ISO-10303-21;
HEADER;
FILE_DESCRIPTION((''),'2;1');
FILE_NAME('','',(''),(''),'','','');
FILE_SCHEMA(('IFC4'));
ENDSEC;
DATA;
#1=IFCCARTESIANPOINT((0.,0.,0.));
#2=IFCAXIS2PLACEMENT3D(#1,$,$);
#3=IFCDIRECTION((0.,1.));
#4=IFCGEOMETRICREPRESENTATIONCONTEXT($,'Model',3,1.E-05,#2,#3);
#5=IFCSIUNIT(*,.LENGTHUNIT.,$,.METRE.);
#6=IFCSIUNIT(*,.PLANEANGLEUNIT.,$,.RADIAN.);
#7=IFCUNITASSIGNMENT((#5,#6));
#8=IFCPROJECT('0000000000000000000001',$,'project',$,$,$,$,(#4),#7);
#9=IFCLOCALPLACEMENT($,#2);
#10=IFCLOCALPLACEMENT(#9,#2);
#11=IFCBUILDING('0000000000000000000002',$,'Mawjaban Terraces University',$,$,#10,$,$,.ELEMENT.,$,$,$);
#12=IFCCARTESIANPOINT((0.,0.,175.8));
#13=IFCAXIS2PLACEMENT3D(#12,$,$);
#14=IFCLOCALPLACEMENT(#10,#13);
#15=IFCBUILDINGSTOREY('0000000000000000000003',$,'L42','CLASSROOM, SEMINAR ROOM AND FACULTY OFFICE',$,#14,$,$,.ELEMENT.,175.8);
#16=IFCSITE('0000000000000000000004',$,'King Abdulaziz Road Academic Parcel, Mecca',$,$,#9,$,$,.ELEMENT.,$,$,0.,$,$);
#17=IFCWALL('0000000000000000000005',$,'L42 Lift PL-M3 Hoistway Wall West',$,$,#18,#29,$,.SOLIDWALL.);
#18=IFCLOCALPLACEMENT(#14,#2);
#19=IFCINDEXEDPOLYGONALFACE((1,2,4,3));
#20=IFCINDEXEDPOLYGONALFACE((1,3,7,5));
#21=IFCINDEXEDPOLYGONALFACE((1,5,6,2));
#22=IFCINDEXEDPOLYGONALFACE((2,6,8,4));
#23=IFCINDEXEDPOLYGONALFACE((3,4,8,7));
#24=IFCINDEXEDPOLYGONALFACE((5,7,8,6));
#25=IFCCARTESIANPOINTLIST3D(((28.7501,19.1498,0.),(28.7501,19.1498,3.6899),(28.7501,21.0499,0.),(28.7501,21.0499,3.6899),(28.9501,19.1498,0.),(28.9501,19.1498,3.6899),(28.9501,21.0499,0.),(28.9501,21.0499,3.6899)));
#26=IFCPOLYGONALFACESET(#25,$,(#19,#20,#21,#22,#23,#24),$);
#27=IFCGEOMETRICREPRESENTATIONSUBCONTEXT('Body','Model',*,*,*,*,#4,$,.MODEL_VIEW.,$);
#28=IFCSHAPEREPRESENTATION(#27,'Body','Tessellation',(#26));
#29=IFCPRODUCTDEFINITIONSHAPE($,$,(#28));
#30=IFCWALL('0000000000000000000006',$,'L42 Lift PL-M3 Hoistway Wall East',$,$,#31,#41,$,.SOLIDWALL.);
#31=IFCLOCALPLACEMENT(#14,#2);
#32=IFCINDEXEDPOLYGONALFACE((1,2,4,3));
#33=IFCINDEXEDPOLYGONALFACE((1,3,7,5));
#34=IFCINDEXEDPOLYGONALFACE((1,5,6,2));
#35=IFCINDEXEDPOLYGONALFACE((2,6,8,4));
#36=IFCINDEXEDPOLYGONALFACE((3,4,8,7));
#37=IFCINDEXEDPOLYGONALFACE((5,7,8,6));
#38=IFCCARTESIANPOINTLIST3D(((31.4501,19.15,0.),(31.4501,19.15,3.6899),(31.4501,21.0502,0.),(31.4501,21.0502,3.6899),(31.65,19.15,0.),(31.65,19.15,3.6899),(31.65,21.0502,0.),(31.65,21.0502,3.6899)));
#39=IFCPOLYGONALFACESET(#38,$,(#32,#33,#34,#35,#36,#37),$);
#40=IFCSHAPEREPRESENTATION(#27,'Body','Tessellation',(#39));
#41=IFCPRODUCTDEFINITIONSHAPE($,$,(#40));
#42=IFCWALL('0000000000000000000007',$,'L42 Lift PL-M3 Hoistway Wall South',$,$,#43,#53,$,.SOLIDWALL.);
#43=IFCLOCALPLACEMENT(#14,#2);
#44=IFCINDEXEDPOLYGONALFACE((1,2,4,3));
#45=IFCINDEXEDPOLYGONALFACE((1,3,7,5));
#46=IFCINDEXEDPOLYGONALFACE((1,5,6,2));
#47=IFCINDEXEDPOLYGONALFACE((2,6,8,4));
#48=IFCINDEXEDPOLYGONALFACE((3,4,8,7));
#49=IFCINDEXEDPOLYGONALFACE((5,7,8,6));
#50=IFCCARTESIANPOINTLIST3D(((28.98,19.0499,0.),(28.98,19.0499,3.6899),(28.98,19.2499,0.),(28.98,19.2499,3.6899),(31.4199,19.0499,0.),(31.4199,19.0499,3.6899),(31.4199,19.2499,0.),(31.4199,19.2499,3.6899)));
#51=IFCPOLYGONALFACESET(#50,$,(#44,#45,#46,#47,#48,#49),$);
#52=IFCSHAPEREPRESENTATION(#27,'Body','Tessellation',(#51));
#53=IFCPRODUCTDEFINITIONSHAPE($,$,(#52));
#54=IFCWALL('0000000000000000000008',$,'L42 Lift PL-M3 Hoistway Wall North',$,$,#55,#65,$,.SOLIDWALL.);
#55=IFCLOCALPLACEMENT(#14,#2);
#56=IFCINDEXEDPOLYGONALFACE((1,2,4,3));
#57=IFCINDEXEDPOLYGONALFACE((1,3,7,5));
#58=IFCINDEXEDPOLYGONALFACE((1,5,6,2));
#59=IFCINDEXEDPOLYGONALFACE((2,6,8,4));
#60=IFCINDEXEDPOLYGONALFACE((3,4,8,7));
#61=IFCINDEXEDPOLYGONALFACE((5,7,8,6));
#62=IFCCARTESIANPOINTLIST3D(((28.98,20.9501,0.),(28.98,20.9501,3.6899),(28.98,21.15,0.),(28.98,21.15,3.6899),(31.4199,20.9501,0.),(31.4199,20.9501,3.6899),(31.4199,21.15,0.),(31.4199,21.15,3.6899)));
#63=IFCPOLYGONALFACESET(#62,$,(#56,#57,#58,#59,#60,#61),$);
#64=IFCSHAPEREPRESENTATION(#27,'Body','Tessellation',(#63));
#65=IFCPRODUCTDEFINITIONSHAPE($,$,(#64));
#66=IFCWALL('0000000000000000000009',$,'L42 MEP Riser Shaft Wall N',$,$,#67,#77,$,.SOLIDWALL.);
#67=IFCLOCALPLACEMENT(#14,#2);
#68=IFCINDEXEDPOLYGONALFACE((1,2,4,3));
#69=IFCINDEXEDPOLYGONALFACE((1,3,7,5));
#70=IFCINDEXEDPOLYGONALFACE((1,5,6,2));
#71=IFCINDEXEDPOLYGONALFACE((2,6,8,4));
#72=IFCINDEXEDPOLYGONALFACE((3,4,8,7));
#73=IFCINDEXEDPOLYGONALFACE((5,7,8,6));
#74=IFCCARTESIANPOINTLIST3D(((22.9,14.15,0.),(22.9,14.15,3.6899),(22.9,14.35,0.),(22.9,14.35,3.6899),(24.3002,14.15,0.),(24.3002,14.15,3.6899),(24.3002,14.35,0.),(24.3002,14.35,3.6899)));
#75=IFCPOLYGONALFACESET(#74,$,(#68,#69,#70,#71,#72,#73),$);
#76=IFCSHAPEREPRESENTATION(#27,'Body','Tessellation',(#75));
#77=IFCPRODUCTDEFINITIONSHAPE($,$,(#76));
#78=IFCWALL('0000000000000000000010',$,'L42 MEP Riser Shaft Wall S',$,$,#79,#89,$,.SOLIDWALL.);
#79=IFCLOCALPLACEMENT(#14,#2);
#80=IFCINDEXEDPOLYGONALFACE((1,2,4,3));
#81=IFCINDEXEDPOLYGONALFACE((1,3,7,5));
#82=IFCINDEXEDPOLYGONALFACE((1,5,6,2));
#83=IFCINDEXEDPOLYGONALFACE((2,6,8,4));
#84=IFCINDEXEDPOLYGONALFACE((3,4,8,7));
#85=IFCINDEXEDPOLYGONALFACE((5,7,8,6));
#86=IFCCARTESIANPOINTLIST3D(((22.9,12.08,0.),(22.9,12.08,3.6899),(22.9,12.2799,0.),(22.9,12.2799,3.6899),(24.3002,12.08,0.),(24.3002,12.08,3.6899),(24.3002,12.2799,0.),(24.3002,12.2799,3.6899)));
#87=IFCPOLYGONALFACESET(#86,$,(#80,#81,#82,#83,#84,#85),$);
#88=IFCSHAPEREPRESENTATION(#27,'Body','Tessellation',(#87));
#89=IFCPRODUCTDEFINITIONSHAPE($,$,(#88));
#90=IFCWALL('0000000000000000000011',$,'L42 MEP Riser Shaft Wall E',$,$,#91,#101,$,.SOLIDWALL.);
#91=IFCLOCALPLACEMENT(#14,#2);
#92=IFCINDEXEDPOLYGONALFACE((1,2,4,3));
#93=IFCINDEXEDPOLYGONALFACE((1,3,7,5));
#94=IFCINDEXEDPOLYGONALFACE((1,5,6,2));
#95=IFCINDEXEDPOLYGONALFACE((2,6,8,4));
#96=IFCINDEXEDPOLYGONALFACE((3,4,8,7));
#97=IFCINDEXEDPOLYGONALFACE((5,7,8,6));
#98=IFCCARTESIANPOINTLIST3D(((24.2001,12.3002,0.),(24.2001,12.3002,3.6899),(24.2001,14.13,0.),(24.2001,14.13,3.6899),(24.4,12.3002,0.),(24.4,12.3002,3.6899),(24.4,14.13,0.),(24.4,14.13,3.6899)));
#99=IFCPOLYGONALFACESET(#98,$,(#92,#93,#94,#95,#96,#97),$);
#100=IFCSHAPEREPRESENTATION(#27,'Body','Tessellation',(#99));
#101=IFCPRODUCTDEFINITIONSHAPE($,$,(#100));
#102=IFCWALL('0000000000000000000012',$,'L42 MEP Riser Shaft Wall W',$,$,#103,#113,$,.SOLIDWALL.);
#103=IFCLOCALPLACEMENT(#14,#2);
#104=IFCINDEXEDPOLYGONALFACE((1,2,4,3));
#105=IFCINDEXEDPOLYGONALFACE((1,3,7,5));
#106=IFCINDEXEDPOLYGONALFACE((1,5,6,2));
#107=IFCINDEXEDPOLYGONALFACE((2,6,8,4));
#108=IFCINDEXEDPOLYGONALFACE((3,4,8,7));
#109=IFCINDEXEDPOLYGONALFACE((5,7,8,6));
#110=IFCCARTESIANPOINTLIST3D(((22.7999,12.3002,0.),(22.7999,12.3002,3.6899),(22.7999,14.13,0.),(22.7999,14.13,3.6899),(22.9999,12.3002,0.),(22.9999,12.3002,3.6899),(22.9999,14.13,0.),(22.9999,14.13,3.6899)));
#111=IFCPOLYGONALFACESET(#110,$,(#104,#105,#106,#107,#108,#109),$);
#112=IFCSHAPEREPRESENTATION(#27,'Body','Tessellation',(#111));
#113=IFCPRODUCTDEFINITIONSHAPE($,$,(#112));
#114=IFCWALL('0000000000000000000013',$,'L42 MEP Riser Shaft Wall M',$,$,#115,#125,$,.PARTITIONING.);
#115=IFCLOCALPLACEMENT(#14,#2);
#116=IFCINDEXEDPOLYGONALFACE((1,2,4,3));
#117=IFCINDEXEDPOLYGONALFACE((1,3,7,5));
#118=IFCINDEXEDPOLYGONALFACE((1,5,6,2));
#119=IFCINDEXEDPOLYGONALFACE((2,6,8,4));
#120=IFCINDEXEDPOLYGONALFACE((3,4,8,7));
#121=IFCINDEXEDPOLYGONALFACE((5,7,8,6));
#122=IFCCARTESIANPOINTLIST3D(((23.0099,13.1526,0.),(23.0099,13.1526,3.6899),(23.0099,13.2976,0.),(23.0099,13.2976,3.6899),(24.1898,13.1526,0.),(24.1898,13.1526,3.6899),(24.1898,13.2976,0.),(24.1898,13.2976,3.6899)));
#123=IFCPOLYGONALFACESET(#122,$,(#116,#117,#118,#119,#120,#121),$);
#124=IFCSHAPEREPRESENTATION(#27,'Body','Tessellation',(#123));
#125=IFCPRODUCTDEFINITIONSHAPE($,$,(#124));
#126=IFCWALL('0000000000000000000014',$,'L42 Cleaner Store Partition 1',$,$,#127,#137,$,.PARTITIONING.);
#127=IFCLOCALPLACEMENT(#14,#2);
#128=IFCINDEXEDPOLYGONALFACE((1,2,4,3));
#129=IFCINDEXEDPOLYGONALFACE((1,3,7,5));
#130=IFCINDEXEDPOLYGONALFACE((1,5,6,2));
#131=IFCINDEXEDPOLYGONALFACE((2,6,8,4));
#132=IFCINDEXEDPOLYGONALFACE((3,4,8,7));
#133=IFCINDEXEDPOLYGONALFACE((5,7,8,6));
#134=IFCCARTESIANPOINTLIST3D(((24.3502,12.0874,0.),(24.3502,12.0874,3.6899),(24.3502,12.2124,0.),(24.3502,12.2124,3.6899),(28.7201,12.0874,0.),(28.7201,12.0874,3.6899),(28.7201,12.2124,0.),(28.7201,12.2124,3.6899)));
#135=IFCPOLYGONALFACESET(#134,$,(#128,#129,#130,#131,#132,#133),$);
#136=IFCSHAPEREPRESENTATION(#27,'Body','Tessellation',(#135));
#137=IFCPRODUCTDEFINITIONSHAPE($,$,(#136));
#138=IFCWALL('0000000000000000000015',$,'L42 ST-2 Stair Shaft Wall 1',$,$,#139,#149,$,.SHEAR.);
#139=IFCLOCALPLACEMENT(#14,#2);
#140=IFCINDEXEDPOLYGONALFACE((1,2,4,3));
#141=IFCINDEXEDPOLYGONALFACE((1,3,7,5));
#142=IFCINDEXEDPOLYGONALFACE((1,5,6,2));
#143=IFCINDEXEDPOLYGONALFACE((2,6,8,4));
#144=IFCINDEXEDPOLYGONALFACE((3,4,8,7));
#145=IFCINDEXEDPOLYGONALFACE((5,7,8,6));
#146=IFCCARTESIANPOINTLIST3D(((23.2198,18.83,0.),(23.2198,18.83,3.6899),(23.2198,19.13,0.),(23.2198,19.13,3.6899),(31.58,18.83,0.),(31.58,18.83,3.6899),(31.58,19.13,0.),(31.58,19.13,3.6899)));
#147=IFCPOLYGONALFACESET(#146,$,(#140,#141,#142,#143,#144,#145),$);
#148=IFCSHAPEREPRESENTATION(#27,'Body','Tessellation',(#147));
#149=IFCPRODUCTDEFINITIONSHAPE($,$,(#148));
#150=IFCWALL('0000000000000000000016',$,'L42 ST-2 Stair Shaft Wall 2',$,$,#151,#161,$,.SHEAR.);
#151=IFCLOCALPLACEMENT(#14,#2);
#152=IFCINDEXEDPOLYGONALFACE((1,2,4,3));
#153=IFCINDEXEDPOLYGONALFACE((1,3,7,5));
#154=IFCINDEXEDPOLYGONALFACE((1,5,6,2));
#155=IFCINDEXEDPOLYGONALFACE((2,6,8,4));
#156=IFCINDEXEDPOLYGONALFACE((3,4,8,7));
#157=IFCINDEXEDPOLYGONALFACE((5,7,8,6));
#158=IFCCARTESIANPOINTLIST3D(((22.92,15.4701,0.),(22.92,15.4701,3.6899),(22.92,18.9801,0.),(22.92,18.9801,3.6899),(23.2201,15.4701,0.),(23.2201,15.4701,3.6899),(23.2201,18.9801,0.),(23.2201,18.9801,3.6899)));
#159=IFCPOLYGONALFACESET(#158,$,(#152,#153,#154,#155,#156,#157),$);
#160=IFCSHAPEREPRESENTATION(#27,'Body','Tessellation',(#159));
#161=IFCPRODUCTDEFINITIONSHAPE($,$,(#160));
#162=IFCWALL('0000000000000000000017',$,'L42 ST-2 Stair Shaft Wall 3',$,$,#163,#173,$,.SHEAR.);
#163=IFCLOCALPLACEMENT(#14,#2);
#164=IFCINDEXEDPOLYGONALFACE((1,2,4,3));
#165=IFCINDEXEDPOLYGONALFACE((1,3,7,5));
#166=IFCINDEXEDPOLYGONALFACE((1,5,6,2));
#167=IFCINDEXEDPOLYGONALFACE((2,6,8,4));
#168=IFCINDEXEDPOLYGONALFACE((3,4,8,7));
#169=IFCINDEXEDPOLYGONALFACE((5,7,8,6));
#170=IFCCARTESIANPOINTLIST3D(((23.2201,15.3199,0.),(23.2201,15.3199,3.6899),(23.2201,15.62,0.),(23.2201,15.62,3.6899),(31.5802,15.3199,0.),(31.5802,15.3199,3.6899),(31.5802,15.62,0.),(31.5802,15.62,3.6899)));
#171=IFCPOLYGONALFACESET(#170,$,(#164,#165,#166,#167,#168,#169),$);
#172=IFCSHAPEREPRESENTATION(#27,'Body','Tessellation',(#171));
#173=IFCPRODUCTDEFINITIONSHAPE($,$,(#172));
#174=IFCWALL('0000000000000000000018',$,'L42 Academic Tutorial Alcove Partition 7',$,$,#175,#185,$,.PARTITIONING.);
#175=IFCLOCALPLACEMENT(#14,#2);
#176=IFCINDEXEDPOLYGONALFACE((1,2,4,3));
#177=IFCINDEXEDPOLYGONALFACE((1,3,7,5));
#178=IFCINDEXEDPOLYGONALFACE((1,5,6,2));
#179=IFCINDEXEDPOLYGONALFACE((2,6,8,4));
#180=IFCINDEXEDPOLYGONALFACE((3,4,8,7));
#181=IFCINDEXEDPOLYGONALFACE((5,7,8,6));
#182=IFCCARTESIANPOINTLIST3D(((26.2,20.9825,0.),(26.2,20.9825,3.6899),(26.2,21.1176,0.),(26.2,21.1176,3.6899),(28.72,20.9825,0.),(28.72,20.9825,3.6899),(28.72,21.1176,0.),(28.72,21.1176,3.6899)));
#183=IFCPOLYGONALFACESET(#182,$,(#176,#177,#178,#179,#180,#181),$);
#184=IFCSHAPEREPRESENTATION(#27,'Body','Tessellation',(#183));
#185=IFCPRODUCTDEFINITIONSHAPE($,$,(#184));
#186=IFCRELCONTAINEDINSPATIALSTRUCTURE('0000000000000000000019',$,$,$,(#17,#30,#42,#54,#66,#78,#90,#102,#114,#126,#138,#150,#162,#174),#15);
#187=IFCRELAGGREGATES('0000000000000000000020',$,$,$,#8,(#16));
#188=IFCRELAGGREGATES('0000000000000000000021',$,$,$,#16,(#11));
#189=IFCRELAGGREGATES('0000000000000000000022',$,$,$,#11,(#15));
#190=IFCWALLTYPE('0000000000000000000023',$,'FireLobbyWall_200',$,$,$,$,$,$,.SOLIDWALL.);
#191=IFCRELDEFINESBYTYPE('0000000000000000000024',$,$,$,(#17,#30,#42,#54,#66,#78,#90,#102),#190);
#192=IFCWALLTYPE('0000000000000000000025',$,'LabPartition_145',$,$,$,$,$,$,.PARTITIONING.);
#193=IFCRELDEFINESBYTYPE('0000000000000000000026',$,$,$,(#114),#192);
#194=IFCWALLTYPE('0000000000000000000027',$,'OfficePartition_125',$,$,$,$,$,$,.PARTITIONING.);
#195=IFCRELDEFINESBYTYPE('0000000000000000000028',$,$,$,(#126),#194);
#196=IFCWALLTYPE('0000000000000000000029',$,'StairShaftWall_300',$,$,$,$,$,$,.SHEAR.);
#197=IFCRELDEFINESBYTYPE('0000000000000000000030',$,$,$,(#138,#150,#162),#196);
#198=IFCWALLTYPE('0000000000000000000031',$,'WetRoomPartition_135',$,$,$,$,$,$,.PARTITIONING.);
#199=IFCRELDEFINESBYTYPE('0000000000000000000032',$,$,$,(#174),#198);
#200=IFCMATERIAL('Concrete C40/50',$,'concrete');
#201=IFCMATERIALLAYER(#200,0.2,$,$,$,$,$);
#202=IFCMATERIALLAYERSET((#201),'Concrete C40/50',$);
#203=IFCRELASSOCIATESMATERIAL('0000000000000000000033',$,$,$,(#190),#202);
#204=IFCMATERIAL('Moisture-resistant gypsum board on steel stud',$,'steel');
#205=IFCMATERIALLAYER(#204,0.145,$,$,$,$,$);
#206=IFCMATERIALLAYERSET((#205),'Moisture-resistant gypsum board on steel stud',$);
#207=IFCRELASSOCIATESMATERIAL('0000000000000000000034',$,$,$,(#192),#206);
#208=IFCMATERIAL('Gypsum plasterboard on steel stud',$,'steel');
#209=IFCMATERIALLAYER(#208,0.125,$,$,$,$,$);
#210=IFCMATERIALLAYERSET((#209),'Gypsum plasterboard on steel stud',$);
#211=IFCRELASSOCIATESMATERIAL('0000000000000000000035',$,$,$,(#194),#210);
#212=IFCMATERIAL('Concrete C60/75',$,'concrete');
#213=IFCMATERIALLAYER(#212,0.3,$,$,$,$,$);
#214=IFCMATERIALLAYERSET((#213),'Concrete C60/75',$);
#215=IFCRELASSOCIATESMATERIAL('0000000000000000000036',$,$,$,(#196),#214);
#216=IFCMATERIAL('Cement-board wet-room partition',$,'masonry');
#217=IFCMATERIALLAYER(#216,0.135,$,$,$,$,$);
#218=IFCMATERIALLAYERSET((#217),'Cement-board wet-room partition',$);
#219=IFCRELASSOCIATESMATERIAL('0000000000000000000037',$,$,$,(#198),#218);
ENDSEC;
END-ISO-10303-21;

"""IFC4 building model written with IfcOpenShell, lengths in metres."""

from ifc_helpers import new_model, si_unit, direction, frame, frame_2d, origin, place, context, subcontext, project, spatial, rectangle, extrude, material, layer, layer_set, type_object, element, save


model = new_model("IFC4")

# Units and contexts
model_context = context("Model", 3, precision=1e-05, world=origin(), true_north=direction((0.0, 1.0)))
body_context = subcontext(model_context, "Body", "Model", "MODEL_VIEW")
ifc_project = project(units=[si_unit("LENGTHUNIT", "METRE"), si_unit("PLANEANGLEUNIT", "RADIAN")], contexts=[model_context])

# Site, building, storey
site_placement = place(None, origin())
site = spatial("IfcSite", under=ifc_project, at=site_placement, Name="King Abdulaziz Road Academic Parcel, Mecca", CompositionType="ELEMENT", RefElevation=0.0)
building_placement = place(site_placement, origin())
building = spatial("IfcBuilding", under=site, at=building_placement, Name="Mawjaban Terraces University", CompositionType="ELEMENT")
storey_placement = place(building_placement, frame((0.0, 0.0, 175.8)))
storey = spatial("IfcBuildingStorey", under=building, at=storey_placement, Name="L42", Description="CLASSROOM, SEMINAR ROOM AND FACULTY OFFICE", CompositionType="ELEMENT", Elevation=175.8)

# Shared definitions
ifc_material_1 = material(Name="Concrete C60/75", Category="concrete")

# Shared definitions
ifc_material_2 = material(Name="Concrete C40/50", Category="concrete")
ifc_layer_1 = layer(ifc_material_2, 0.2)
ifc_layer_set_1 = layer_set([ifc_layer_1], Name="Concrete C40/50")
wall_type_1 = type_object("IfcWallType", Name="FireLobbyWall_200", PredefinedType="SOLIDWALL", material=ifc_layer_set_1)

# Walls
for number, where, z_axis, x_axis, name in (
    (1, (28.8501, 21.05, 0.0), (0.0, 0.0, 1.0), (0.0, -1.0, 0.0), "L42 Lift PL-M3 Hoistway Wall West"),
    (2, (31.55, 19.1499, 0.0), (0.0, 0.0, 1.0), (0.0, 1.0, 0.0), "L42 Lift PL-M3 Hoistway Wall East"),
):
    element("IfcWall", number, at=place(storey_placement, frame(where, z_axis=z_axis, x_axis=x_axis)), inside=storey, type_object=wall_type_1, Name=name, PredefinedType="SOLIDWALL", context=body_context, shape_type="SweptSolid", body=[
        extrude(rectangle(XDim=1.9001, YDim=0.2, at=frame_2d((0.9502, 0.0))), origin(), (0.0, 0.0, 1.0), 3.6899),
    ])
for number, where, z_axis, x_axis, name in (
    (3, (28.98, 19.1499, 0.0), (0.0, 0.0, 1.0), (1.0, 0.0, 0.0), "L42 Lift PL-M3 Hoistway Wall South"),
    (4, (31.4199, 21.05, 0.0), (0.0, 0.0, 1.0), (-1.0, 0.0, 0.0), "L42 Lift PL-M3 Hoistway Wall North"),
):
    element("IfcWall", number, at=place(storey_placement, frame(where, z_axis=z_axis, x_axis=x_axis)), inside=storey, type_object=wall_type_1, Name=name, PredefinedType="SOLIDWALL", context=body_context, shape_type="SweptSolid", body=[
        extrude(rectangle(XDim=2.4399, YDim=0.2, at=frame_2d((1.22, 0.0))), origin(), (0.0, 0.0, 1.0), 3.6899),
    ])
for number, where, z_axis, x_axis, name in (
    (5, (22.8999, 14.25, 0.0), (0.0, 0.0, 1.0), (1.0, 0.0, 0.0), "L42 MEP Riser Shaft Wall N"),
    (6, (22.8999, 12.1799, 0.0), (0.0, 0.0, 1.0), (1.0, 0.0, 0.0), "L42 MEP Riser Shaft Wall S"),
):
    element("IfcWall", number, at=place(storey_placement, frame(where, z_axis=z_axis, x_axis=x_axis)), inside=storey, type_object=wall_type_1, Name=name, PredefinedType="SOLIDWALL", context=body_context, shape_type="SweptSolid", body=[
        extrude(rectangle(XDim=1.4001, YDim=0.2, at=frame_2d((0.7002, 0.0))), origin(), (0.0, 0.0, 1.0), 3.6899),
    ])
for number, where, z_axis, x_axis, name in (
    (7, (24.3, 12.3, 0.0), (0.0, 0.0, 1.0), (0.0, 1.0, 0.0), "L42 MEP Riser Shaft Wall E"),
    (8, (22.8999, 12.3, 0.0), (0.0, 0.0, 1.0), (0.0, 1.0, 0.0), "L42 MEP Riser Shaft Wall W"),
):
    element("IfcWall", number, at=place(storey_placement, frame(where, z_axis=z_axis, x_axis=x_axis)), inside=storey, type_object=wall_type_1, Name=name, PredefinedType="SOLIDWALL", context=body_context, shape_type="SweptSolid", body=[
        extrude(rectangle(XDim=1.8298, YDim=0.2, at=frame_2d((0.915, 0.0))), origin(), (0.0, 0.0, 1.0), 3.6899),
    ])
ifc_material_3 = material(Name="Moisture-resistant gypsum board on steel stud", Category="steel")
ifc_layer_2 = layer(ifc_material_3, 0.145)
ifc_layer_set_2 = layer_set([ifc_layer_2], Name="Moisture-resistant gypsum board on steel stud")
wall_type_2 = type_object("IfcWallType", Name="LabPartition_145", PredefinedType="PARTITIONING", material=ifc_layer_set_2)
wall_1_placement = place(storey_placement, frame((23.01, 13.2251, 0.0), z_axis=(0.0, 0.0, 1.0), x_axis=(1.0, 0.0, 0.0)))
element("IfcWall", 9, at=wall_1_placement, inside=storey, type_object=wall_type_2, Name="L42 MEP Riser Shaft Wall M", PredefinedType="PARTITIONING", context=body_context, shape_type="SweptSolid", body=[
    extrude(rectangle(XDim=1.1799, YDim=0.145, at=frame_2d((0.5898, 0.0))), origin(), (0.0, 0.0, 1.0), 3.6899),
])
ifc_material_4 = material(Name="Gypsum plasterboard on steel stud", Category="steel")
ifc_layer_3 = layer(ifc_material_4, 0.125)
ifc_layer_set_3 = layer_set([ifc_layer_3], Name="Gypsum plasterboard on steel stud")
wall_type_3 = type_object("IfcWallType", Name="OfficePartition_125", PredefinedType="PARTITIONING", material=ifc_layer_set_3)
wall_2_placement = place(storey_placement, frame((24.3501, 12.1499, 0.0), z_axis=(0.0, 0.0, 1.0), x_axis=(1.0, 0.0, 0.0)))
element("IfcWall", 10, at=wall_2_placement, inside=storey, type_object=wall_type_3, Name="L42 Cleaner Store Partition 1", PredefinedType="PARTITIONING", context=body_context, shape_type="SweptSolid", body=[
    extrude(rectangle(XDim=4.3699, YDim=0.125, at=frame_2d((2.1851, 0.0))), origin(), (0.0, 0.0, 1.0), 3.6899),
])
ifc_layer_4 = layer(ifc_material_1, 0.3)
ifc_layer_set_4 = layer_set([ifc_layer_4], Name="Concrete C60/75")
wall_type_4 = type_object("IfcWallType", Name="StairShaftWall_300", PredefinedType="SHEAR", material=ifc_layer_set_4)
wall_3_placement = place(storey_placement, frame((31.5801, 18.98, 0.0), z_axis=(0.0, 0.0, 1.0), x_axis=(-1.0, 0.0, 0.0)))
element("IfcWall", 11, at=wall_3_placement, inside=storey, type_object=wall_type_4, Name="L42 ST-2 Stair Shaft Wall 1", PredefinedType="SHEAR", context=body_context, shape_type="SweptSolid", body=[
    extrude(rectangle(XDim=8.3601, YDim=0.3, at=frame_2d((4.1802, 0.0))), origin(), (0.0, 0.0, 1.0), 3.6899),
])
wall_4_placement = place(storey_placement, frame((23.0701, 18.98, 0.0), z_axis=(0.0, 0.0, 1.0), x_axis=(0.0, -1.0, 0.0)))
element("IfcWall", 12, at=wall_4_placement, inside=storey, type_object=wall_type_4, Name="L42 ST-2 Stair Shaft Wall 2", PredefinedType="SHEAR", context=body_context, shape_type="SweptSolid", body=[
    extrude(rectangle(XDim=3.51, YDim=0.3, at=frame_2d((1.7549, 0.0))), origin(), (0.0, 0.0, 1.0), 3.6899),
])
wall_5_placement = place(storey_placement, frame((23.22, 15.47, 0.0), z_axis=(0.0, 0.0, 1.0), x_axis=(1.0, 0.0, 0.0)))
element("IfcWall", 13, at=wall_5_placement, inside=storey, type_object=wall_type_4, Name="L42 ST-2 Stair Shaft Wall 3", PredefinedType="SHEAR", context=body_context, shape_type="SweptSolid", body=[
    extrude(rectangle(XDim=8.3601, YDim=0.3, at=frame_2d((4.1802, 0.0))), origin(), (0.0, 0.0, 1.0), 3.6899),
])

# Wall
ifc_material_5 = material(Name="Cement-board wet-room partition", Category="masonry")
ifc_layer_5 = layer(ifc_material_5, 0.135)
ifc_layer_set_5 = layer_set([ifc_layer_5], Name="Cement-board wet-room partition")
wall_type_5 = type_object("IfcWallType", Name="WetRoomPartition_135", PredefinedType="PARTITIONING", material=ifc_layer_set_5)
wall_6_placement = place(storey_placement, frame((26.2, 21.05, 0.0), z_axis=(0.0, 0.0, 1.0), x_axis=(1.0, 0.0, 0.0)))
element("IfcWall", 14, at=wall_6_placement, inside=storey, type_object=wall_type_5, Name="L42 Academic Tutorial Alcove Partition 7", PredefinedType="PARTITIONING", context=body_context, shape_type="SweptSolid", body=[
    extrude(rectangle(XDim=2.52, YDim=0.135, at=frame_2d((1.26, 0.0))), origin(), (0.0, 0.0, 1.0), 3.6899),
])

save(model, "model.ifc")
